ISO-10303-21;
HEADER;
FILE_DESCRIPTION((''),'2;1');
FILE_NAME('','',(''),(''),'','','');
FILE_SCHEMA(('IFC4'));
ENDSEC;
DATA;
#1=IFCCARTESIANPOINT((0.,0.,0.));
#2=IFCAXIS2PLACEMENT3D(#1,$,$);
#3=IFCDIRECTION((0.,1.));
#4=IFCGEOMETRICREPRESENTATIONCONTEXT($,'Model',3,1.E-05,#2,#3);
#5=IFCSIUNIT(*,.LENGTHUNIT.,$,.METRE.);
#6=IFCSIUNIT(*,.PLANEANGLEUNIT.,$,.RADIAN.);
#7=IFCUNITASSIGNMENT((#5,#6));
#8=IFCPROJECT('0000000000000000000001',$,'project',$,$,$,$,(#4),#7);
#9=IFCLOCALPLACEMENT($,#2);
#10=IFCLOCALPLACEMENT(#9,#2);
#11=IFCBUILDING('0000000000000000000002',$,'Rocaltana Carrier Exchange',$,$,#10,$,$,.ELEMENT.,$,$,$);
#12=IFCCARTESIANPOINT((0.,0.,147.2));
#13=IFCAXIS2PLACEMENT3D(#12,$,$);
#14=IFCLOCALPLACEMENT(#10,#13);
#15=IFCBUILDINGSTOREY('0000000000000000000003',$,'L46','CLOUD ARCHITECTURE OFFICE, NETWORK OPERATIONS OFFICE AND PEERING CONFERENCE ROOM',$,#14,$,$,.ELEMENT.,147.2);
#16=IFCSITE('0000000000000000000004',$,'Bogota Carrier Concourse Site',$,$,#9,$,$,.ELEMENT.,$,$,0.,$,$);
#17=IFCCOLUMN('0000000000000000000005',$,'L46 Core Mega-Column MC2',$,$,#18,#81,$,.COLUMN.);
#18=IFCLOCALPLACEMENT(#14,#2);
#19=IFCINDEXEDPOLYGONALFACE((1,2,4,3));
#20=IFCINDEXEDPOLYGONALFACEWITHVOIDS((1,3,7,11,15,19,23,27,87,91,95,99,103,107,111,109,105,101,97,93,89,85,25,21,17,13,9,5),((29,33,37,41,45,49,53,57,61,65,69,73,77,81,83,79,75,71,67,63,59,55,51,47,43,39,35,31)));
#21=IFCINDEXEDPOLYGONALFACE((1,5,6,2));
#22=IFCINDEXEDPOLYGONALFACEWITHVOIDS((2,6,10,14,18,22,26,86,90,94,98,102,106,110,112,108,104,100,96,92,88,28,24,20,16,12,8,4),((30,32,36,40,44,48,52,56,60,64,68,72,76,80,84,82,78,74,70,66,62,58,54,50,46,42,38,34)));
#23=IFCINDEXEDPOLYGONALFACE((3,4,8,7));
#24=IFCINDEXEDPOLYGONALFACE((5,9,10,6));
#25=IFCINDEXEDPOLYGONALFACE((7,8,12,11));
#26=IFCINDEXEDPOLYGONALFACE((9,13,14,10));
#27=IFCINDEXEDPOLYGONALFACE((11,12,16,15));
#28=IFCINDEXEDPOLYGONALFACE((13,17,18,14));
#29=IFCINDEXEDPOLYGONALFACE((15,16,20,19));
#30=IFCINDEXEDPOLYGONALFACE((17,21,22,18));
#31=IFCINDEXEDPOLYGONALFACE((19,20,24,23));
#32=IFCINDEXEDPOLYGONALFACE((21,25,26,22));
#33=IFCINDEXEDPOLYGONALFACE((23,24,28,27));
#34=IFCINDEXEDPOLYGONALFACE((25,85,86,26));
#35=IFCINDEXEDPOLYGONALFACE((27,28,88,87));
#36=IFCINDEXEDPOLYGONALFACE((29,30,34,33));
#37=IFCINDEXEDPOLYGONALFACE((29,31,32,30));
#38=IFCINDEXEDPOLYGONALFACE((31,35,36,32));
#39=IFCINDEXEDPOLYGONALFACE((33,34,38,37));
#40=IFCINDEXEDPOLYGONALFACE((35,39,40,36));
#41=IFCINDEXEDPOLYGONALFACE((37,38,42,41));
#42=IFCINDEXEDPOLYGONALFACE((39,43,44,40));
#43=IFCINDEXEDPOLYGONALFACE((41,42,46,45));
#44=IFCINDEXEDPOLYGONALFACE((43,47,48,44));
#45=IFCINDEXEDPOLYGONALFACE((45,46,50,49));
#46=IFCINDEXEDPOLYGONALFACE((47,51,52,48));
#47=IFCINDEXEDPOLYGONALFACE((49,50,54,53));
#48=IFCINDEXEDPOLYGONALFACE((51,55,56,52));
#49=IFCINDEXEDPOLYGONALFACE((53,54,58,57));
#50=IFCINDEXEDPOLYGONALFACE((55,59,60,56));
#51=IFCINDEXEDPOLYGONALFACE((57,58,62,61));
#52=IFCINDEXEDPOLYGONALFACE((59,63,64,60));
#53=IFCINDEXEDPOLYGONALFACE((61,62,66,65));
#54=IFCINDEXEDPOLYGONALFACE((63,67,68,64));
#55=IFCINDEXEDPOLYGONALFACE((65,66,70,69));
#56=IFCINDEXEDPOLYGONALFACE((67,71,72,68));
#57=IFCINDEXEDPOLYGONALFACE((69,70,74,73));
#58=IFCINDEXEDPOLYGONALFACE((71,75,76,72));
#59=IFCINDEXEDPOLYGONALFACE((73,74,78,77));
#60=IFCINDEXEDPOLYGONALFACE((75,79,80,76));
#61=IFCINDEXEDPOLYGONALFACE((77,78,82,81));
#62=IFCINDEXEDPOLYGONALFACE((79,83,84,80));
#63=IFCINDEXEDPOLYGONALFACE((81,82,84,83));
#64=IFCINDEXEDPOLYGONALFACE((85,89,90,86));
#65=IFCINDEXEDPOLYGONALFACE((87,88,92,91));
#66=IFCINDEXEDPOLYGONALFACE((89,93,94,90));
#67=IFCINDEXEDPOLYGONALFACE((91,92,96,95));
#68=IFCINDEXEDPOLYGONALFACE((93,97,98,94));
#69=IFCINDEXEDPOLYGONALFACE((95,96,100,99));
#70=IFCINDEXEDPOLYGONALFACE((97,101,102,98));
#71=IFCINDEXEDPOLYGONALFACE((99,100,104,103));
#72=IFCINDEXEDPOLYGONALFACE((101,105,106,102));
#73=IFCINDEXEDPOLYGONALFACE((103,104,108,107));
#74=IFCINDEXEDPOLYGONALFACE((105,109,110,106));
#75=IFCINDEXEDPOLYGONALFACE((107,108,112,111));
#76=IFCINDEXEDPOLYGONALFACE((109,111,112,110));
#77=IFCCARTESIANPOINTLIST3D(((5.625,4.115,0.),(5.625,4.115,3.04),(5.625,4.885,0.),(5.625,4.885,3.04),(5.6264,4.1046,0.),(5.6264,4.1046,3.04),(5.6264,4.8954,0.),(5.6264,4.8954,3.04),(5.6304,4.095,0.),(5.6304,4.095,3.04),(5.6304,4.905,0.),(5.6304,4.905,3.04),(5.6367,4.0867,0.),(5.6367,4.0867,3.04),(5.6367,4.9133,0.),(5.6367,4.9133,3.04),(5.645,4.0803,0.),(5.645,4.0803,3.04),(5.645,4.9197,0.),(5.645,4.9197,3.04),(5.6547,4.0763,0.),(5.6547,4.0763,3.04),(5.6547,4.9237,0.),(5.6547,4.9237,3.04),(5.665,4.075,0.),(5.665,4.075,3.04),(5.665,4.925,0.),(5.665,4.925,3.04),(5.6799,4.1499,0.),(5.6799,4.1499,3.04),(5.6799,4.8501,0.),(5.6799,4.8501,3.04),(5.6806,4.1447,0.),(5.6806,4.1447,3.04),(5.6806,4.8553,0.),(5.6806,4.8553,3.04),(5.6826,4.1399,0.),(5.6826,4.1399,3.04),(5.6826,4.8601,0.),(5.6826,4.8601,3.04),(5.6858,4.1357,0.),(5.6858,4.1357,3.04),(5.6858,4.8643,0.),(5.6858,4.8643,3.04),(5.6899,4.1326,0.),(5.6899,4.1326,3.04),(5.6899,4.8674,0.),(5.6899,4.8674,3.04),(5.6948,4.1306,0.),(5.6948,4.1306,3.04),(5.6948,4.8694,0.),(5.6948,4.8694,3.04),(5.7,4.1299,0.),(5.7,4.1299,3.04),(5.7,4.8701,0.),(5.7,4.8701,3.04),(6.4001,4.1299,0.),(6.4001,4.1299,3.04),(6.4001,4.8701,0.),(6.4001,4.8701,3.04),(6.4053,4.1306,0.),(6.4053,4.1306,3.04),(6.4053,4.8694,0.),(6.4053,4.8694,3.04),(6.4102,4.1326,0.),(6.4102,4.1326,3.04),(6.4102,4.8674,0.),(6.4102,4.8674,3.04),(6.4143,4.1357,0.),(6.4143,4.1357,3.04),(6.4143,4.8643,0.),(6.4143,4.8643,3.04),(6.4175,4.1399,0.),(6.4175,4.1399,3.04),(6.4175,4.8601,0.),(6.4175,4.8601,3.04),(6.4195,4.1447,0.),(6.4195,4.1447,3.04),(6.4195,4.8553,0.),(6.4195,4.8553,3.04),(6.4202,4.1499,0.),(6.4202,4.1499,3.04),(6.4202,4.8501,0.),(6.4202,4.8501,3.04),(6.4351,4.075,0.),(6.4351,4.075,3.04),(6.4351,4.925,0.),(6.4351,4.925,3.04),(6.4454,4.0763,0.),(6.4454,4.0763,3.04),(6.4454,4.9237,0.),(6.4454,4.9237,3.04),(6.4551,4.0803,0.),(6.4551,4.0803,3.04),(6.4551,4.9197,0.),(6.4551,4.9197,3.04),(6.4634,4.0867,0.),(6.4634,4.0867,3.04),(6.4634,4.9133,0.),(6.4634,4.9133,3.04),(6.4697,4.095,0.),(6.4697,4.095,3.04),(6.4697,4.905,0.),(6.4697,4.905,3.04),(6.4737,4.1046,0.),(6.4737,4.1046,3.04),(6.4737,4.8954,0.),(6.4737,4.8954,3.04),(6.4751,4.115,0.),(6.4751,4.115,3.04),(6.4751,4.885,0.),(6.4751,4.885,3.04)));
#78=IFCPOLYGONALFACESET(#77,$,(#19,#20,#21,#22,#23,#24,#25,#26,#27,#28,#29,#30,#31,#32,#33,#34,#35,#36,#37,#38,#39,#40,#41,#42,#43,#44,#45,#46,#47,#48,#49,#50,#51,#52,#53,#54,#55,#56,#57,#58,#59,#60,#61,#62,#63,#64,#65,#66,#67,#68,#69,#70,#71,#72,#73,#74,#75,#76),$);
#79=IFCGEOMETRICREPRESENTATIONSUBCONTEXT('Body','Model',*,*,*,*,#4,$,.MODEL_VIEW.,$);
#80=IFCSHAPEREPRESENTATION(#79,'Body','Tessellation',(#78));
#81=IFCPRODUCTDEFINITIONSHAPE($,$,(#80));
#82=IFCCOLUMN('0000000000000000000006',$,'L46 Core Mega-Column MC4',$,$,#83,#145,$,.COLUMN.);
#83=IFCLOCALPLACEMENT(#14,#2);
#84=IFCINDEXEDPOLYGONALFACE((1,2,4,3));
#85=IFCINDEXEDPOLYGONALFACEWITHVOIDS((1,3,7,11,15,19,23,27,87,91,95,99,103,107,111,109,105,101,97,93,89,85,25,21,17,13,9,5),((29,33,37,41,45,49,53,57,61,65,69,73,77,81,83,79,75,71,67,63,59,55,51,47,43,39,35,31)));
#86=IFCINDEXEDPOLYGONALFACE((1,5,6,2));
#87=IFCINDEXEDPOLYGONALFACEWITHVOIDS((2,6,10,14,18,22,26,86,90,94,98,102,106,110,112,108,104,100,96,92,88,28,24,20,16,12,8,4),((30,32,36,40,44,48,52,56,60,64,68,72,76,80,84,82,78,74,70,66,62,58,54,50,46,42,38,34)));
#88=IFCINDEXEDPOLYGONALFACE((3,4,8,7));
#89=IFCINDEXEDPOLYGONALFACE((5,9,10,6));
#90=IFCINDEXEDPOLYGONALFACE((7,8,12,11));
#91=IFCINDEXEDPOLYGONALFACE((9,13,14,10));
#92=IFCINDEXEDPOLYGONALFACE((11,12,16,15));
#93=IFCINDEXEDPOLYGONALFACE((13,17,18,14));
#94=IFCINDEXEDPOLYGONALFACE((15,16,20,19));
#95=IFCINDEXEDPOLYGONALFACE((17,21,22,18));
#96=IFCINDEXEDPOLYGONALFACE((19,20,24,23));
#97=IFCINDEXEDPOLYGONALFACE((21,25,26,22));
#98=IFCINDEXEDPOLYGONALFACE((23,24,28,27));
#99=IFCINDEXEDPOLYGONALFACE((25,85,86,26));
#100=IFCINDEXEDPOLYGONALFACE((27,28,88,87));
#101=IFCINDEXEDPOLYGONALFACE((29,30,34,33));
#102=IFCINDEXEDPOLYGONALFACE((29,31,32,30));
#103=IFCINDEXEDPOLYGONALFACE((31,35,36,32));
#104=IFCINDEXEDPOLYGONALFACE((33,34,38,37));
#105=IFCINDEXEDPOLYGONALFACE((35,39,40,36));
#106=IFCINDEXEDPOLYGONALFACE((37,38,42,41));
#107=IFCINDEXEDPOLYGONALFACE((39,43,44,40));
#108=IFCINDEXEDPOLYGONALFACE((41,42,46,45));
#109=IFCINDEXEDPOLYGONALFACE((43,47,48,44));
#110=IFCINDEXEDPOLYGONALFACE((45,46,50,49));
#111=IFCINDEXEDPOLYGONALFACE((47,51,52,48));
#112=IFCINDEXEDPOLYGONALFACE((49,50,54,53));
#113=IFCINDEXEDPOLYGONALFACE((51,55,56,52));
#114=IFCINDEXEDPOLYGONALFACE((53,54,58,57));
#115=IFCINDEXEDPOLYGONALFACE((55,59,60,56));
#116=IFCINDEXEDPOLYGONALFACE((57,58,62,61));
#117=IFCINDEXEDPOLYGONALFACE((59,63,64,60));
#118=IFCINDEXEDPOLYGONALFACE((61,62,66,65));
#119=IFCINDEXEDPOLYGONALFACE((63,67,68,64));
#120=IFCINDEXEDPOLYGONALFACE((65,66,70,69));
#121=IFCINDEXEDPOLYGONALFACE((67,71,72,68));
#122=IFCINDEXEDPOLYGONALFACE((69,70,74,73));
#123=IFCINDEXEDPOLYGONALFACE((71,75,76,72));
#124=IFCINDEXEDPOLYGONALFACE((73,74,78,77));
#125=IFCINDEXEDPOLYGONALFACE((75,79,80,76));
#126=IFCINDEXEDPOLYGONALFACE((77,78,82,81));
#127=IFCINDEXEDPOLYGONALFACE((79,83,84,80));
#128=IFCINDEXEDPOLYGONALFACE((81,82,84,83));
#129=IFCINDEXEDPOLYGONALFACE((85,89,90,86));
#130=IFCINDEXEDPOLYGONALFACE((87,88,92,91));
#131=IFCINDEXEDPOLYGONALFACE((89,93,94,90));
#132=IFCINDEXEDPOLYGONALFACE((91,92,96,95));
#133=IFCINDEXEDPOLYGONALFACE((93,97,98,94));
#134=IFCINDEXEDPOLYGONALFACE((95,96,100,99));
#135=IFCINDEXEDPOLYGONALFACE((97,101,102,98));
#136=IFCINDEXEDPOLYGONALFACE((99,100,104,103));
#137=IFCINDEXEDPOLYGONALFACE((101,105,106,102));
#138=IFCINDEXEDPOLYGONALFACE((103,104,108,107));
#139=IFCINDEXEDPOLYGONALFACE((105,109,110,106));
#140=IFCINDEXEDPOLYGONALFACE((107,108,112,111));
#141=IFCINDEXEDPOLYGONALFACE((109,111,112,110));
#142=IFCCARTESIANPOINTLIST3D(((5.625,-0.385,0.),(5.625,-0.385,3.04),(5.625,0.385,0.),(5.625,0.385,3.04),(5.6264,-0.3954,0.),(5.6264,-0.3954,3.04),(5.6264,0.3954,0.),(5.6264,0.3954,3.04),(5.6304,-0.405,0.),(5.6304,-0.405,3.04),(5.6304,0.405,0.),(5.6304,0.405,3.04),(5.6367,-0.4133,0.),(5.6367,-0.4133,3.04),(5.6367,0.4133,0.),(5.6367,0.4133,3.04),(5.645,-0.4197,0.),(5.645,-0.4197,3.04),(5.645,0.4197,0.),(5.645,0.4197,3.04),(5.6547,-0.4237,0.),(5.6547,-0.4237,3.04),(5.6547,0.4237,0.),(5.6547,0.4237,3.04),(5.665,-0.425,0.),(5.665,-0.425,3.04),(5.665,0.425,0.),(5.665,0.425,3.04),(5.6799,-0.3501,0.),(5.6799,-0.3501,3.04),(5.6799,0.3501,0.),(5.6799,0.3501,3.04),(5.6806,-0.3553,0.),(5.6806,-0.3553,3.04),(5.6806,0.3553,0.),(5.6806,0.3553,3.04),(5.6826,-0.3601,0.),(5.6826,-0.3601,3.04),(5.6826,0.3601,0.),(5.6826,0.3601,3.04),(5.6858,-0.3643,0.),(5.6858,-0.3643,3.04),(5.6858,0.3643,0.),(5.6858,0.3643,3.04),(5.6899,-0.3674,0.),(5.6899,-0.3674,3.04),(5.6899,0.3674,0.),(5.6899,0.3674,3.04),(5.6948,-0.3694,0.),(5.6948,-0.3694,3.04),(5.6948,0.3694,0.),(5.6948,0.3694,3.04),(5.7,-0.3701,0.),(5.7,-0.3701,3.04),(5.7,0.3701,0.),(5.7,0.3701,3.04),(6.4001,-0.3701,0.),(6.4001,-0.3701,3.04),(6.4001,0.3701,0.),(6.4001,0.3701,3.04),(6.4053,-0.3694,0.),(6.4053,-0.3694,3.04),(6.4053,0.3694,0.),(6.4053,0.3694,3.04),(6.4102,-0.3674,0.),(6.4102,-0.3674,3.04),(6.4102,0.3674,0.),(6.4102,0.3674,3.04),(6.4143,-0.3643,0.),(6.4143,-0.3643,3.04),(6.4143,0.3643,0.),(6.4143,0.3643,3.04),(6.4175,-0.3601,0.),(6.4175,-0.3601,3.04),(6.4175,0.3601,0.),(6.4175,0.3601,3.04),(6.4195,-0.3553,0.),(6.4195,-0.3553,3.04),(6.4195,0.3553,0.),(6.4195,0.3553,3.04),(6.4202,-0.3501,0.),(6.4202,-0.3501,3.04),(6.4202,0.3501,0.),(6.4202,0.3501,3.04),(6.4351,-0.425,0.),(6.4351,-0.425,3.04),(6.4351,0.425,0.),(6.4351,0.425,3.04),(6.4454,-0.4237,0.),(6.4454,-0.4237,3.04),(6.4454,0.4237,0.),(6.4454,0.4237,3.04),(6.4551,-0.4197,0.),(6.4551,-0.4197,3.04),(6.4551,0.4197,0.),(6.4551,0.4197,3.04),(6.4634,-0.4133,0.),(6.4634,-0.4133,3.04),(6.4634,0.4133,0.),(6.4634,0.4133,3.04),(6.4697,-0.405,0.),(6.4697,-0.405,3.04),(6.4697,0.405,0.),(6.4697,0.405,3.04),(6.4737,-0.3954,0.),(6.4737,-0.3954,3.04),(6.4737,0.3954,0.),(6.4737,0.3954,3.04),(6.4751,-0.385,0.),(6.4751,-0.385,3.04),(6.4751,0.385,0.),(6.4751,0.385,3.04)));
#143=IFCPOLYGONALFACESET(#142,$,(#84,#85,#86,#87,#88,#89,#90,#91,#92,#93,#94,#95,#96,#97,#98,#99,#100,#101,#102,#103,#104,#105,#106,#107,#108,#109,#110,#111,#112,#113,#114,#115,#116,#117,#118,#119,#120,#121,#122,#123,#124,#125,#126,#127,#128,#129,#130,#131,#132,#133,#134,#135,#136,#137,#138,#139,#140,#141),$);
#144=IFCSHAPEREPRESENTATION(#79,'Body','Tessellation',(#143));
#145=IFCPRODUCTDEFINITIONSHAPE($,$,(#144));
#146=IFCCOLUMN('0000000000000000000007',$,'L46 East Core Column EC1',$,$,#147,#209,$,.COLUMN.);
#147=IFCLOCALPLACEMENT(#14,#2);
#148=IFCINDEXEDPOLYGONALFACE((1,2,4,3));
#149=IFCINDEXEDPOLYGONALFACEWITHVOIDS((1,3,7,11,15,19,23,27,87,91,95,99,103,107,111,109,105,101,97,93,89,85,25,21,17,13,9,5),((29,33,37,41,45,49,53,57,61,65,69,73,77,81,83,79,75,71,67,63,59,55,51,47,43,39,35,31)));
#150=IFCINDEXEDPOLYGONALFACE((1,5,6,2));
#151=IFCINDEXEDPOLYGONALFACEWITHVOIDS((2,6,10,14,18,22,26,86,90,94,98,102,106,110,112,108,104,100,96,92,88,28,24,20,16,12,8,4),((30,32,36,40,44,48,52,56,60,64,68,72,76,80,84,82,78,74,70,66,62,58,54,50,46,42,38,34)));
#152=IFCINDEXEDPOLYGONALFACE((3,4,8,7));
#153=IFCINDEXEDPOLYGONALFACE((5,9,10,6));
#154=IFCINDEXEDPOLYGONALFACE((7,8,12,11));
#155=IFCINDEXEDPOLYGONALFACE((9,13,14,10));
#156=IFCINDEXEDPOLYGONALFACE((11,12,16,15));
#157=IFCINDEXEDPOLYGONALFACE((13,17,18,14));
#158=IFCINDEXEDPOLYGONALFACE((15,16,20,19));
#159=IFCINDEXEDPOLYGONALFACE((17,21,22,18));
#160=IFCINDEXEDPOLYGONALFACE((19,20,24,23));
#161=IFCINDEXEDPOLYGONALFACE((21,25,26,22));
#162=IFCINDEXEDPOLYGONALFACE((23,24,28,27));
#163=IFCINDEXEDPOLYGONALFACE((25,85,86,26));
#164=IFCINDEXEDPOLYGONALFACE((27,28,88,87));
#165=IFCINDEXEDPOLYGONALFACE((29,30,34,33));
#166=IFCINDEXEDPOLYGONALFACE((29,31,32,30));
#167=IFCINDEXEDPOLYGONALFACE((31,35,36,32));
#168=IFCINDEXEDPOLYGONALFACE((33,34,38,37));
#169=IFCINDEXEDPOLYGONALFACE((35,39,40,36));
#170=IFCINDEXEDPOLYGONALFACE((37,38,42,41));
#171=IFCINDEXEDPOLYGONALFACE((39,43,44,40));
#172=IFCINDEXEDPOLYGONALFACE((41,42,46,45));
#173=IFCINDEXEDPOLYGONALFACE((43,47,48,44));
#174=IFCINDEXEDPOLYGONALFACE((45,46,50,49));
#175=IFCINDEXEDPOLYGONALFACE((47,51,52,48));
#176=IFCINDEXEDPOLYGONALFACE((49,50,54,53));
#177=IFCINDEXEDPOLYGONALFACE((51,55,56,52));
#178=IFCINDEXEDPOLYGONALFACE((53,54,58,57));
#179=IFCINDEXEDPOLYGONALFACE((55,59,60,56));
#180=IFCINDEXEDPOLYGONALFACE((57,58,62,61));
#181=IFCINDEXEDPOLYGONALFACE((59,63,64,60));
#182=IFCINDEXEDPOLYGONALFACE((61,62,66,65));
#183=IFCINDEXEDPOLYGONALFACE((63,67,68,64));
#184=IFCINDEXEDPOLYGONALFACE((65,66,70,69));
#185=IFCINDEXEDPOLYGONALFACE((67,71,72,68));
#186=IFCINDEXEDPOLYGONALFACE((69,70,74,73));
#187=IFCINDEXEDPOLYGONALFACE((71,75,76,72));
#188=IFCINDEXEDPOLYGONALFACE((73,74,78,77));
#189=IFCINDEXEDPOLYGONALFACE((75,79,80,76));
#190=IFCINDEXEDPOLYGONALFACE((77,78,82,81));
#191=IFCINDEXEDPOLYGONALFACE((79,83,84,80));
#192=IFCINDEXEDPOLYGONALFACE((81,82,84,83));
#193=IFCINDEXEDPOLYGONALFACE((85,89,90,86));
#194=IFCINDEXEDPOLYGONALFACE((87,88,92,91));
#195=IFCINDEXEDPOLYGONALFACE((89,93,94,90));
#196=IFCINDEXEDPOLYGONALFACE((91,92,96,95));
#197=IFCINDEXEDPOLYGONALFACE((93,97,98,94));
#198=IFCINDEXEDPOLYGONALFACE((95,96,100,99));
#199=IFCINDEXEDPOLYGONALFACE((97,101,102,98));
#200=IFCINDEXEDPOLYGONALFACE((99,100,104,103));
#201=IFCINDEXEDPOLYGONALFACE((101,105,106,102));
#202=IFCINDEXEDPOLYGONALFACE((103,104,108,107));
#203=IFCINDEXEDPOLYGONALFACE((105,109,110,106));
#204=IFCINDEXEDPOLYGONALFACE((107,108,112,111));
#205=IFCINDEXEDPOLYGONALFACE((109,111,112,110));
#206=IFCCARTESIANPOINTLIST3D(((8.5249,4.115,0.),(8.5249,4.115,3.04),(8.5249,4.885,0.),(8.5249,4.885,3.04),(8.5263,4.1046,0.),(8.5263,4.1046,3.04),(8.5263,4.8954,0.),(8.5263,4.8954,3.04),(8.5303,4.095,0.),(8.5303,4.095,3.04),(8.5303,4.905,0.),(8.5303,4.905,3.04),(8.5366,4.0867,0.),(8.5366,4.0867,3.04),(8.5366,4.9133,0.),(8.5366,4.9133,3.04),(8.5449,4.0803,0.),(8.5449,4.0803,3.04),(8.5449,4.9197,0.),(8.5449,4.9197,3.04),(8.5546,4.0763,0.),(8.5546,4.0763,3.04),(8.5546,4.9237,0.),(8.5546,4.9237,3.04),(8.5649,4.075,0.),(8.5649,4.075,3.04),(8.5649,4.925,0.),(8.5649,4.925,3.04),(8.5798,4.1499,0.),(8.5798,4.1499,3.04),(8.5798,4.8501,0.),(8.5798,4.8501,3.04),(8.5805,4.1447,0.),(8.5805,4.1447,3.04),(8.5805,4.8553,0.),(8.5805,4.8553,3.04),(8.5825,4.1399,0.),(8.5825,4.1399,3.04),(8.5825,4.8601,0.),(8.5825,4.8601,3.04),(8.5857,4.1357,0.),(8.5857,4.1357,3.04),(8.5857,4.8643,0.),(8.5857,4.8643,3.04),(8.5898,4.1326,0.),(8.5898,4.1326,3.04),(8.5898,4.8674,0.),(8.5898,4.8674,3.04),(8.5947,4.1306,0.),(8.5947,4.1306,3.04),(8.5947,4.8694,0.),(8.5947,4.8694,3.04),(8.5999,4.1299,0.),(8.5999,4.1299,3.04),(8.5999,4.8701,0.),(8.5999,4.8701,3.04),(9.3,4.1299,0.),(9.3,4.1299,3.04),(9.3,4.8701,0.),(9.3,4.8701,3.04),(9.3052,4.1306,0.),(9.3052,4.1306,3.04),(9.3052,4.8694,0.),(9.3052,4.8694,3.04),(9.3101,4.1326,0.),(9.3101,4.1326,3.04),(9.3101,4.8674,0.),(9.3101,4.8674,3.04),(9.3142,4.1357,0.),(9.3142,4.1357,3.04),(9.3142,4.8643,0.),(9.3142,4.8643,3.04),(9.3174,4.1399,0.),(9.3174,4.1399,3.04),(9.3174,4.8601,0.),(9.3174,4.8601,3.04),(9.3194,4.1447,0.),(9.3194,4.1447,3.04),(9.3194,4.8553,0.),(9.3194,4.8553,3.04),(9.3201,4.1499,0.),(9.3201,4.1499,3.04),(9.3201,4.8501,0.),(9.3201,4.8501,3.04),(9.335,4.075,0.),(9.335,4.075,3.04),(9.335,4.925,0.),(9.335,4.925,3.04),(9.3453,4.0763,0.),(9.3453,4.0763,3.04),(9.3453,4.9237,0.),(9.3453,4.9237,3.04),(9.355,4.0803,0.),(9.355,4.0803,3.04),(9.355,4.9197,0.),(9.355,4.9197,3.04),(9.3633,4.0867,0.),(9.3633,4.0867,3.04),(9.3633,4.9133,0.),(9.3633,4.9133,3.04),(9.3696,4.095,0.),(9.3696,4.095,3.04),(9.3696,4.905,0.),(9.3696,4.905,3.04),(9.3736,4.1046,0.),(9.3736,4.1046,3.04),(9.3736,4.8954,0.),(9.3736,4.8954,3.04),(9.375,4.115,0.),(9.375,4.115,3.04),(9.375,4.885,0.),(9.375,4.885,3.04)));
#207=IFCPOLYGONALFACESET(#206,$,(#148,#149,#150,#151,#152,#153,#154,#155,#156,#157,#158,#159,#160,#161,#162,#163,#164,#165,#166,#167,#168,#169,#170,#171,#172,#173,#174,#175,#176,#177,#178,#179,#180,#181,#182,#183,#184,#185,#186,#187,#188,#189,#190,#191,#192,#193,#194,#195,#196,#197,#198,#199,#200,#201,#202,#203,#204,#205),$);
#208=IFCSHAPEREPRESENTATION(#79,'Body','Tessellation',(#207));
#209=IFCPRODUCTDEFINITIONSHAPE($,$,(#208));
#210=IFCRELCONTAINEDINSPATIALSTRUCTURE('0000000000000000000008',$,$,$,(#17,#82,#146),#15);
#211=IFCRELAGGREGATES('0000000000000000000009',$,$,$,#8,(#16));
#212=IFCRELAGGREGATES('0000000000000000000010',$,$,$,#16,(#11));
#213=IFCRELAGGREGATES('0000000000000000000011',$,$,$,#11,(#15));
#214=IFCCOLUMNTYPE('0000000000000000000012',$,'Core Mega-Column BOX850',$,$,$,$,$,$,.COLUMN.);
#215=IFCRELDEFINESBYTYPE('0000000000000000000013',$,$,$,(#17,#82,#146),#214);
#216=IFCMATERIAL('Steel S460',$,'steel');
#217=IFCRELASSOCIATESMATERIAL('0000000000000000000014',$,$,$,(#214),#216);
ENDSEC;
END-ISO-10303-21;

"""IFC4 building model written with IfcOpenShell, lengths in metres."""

from ifc_helpers import new_model, si_unit, direction, frame, origin, origin_2d, place, context, subcontext, project, spatial, hollow_rectangle, extrude, material, material_profile, profile_set, type_object, element, save


model = new_model("IFC4")

# Units and contexts
model_context = context("Model", 3, precision=1e-05, world=origin(), true_north=direction((0.0, 1.0)))
body_context = subcontext(model_context, "Body", "Model", "MODEL_VIEW")
ifc_project = project(units=[si_unit("LENGTHUNIT", "METRE"), si_unit("PLANEANGLEUNIT", "RADIAN")], contexts=[model_context])

# Site, building, storey
site_placement = place(None, origin())
site = spatial("IfcSite", under=ifc_project, at=site_placement, Name="Bogota Carrier Concourse Site", CompositionType="ELEMENT", RefElevation=0.0)
building_placement = place(site_placement, origin())
building = spatial("IfcBuilding", under=site, at=building_placement, Name="Rocaltana Carrier Exchange", CompositionType="ELEMENT")
storey_placement = place(building_placement, frame((0.0, 0.0, 147.2)))
storey = spatial("IfcBuildingStorey", under=building, at=storey_placement, Name="L46", Description="CLOUD ARCHITECTURE OFFICE, NETWORK OPERATIONS OFFICE AND PEERING CONFERENCE ROOM", CompositionType="ELEMENT", Elevation=147.2)

# Columns
ifc_material_1 = material(Name="Steel S460", Category="steel")
ifc_material_profile_1 = material_profile(ifc_material_1, hollow_rectangle(XDim=0.8501, YDim=0.8501, WallThickness=0.0549, InnerFilletRadius=0.02, OuterFilletRadius=0.04, at=origin_2d()), Name="BOX850X850X55")
ifc_profile_set_1 = profile_set([ifc_material_profile_1], Name="Steel S460")
column_type = type_object("IfcColumnType", Name="Core Mega-Column BOX850", PredefinedType="COLUMN", material=ifc_profile_set_1)
for number, where, z_axis, x_axis, name in (
    (1, (6.05, 4.5, 0.0), (0.0, 0.0, 1.0), (1.0, 0.0, 0.0), "L46 Core Mega-Column MC2"),
    (2, (6.05, 0.0, 0.0), (0.0, 0.0, 1.0), (1.0, 0.0, 0.0), "L46 Core Mega-Column MC4"),
    (3, (8.95, 4.5, 0.0), (0.0, 0.0, 1.0), (1.0, 0.0, 0.0), "L46 East Core Column EC1"),
):
    element("IfcColumn", number, at=place(storey_placement, frame(where, z_axis=z_axis, x_axis=x_axis)), inside=storey, type_object=column_type, Name=name, PredefinedType="COLUMN", context=body_context, shape_type="SweptSolid", body=[
        extrude(hollow_rectangle(XDim=0.8501, YDim=0.8501, WallThickness=0.0549, InnerFilletRadius=0.02, OuterFilletRadius=0.04, at=origin_2d()), origin(), (0.0, 0.0, 1.0), 3.04),
    ])

save(model, "model.ifc")
